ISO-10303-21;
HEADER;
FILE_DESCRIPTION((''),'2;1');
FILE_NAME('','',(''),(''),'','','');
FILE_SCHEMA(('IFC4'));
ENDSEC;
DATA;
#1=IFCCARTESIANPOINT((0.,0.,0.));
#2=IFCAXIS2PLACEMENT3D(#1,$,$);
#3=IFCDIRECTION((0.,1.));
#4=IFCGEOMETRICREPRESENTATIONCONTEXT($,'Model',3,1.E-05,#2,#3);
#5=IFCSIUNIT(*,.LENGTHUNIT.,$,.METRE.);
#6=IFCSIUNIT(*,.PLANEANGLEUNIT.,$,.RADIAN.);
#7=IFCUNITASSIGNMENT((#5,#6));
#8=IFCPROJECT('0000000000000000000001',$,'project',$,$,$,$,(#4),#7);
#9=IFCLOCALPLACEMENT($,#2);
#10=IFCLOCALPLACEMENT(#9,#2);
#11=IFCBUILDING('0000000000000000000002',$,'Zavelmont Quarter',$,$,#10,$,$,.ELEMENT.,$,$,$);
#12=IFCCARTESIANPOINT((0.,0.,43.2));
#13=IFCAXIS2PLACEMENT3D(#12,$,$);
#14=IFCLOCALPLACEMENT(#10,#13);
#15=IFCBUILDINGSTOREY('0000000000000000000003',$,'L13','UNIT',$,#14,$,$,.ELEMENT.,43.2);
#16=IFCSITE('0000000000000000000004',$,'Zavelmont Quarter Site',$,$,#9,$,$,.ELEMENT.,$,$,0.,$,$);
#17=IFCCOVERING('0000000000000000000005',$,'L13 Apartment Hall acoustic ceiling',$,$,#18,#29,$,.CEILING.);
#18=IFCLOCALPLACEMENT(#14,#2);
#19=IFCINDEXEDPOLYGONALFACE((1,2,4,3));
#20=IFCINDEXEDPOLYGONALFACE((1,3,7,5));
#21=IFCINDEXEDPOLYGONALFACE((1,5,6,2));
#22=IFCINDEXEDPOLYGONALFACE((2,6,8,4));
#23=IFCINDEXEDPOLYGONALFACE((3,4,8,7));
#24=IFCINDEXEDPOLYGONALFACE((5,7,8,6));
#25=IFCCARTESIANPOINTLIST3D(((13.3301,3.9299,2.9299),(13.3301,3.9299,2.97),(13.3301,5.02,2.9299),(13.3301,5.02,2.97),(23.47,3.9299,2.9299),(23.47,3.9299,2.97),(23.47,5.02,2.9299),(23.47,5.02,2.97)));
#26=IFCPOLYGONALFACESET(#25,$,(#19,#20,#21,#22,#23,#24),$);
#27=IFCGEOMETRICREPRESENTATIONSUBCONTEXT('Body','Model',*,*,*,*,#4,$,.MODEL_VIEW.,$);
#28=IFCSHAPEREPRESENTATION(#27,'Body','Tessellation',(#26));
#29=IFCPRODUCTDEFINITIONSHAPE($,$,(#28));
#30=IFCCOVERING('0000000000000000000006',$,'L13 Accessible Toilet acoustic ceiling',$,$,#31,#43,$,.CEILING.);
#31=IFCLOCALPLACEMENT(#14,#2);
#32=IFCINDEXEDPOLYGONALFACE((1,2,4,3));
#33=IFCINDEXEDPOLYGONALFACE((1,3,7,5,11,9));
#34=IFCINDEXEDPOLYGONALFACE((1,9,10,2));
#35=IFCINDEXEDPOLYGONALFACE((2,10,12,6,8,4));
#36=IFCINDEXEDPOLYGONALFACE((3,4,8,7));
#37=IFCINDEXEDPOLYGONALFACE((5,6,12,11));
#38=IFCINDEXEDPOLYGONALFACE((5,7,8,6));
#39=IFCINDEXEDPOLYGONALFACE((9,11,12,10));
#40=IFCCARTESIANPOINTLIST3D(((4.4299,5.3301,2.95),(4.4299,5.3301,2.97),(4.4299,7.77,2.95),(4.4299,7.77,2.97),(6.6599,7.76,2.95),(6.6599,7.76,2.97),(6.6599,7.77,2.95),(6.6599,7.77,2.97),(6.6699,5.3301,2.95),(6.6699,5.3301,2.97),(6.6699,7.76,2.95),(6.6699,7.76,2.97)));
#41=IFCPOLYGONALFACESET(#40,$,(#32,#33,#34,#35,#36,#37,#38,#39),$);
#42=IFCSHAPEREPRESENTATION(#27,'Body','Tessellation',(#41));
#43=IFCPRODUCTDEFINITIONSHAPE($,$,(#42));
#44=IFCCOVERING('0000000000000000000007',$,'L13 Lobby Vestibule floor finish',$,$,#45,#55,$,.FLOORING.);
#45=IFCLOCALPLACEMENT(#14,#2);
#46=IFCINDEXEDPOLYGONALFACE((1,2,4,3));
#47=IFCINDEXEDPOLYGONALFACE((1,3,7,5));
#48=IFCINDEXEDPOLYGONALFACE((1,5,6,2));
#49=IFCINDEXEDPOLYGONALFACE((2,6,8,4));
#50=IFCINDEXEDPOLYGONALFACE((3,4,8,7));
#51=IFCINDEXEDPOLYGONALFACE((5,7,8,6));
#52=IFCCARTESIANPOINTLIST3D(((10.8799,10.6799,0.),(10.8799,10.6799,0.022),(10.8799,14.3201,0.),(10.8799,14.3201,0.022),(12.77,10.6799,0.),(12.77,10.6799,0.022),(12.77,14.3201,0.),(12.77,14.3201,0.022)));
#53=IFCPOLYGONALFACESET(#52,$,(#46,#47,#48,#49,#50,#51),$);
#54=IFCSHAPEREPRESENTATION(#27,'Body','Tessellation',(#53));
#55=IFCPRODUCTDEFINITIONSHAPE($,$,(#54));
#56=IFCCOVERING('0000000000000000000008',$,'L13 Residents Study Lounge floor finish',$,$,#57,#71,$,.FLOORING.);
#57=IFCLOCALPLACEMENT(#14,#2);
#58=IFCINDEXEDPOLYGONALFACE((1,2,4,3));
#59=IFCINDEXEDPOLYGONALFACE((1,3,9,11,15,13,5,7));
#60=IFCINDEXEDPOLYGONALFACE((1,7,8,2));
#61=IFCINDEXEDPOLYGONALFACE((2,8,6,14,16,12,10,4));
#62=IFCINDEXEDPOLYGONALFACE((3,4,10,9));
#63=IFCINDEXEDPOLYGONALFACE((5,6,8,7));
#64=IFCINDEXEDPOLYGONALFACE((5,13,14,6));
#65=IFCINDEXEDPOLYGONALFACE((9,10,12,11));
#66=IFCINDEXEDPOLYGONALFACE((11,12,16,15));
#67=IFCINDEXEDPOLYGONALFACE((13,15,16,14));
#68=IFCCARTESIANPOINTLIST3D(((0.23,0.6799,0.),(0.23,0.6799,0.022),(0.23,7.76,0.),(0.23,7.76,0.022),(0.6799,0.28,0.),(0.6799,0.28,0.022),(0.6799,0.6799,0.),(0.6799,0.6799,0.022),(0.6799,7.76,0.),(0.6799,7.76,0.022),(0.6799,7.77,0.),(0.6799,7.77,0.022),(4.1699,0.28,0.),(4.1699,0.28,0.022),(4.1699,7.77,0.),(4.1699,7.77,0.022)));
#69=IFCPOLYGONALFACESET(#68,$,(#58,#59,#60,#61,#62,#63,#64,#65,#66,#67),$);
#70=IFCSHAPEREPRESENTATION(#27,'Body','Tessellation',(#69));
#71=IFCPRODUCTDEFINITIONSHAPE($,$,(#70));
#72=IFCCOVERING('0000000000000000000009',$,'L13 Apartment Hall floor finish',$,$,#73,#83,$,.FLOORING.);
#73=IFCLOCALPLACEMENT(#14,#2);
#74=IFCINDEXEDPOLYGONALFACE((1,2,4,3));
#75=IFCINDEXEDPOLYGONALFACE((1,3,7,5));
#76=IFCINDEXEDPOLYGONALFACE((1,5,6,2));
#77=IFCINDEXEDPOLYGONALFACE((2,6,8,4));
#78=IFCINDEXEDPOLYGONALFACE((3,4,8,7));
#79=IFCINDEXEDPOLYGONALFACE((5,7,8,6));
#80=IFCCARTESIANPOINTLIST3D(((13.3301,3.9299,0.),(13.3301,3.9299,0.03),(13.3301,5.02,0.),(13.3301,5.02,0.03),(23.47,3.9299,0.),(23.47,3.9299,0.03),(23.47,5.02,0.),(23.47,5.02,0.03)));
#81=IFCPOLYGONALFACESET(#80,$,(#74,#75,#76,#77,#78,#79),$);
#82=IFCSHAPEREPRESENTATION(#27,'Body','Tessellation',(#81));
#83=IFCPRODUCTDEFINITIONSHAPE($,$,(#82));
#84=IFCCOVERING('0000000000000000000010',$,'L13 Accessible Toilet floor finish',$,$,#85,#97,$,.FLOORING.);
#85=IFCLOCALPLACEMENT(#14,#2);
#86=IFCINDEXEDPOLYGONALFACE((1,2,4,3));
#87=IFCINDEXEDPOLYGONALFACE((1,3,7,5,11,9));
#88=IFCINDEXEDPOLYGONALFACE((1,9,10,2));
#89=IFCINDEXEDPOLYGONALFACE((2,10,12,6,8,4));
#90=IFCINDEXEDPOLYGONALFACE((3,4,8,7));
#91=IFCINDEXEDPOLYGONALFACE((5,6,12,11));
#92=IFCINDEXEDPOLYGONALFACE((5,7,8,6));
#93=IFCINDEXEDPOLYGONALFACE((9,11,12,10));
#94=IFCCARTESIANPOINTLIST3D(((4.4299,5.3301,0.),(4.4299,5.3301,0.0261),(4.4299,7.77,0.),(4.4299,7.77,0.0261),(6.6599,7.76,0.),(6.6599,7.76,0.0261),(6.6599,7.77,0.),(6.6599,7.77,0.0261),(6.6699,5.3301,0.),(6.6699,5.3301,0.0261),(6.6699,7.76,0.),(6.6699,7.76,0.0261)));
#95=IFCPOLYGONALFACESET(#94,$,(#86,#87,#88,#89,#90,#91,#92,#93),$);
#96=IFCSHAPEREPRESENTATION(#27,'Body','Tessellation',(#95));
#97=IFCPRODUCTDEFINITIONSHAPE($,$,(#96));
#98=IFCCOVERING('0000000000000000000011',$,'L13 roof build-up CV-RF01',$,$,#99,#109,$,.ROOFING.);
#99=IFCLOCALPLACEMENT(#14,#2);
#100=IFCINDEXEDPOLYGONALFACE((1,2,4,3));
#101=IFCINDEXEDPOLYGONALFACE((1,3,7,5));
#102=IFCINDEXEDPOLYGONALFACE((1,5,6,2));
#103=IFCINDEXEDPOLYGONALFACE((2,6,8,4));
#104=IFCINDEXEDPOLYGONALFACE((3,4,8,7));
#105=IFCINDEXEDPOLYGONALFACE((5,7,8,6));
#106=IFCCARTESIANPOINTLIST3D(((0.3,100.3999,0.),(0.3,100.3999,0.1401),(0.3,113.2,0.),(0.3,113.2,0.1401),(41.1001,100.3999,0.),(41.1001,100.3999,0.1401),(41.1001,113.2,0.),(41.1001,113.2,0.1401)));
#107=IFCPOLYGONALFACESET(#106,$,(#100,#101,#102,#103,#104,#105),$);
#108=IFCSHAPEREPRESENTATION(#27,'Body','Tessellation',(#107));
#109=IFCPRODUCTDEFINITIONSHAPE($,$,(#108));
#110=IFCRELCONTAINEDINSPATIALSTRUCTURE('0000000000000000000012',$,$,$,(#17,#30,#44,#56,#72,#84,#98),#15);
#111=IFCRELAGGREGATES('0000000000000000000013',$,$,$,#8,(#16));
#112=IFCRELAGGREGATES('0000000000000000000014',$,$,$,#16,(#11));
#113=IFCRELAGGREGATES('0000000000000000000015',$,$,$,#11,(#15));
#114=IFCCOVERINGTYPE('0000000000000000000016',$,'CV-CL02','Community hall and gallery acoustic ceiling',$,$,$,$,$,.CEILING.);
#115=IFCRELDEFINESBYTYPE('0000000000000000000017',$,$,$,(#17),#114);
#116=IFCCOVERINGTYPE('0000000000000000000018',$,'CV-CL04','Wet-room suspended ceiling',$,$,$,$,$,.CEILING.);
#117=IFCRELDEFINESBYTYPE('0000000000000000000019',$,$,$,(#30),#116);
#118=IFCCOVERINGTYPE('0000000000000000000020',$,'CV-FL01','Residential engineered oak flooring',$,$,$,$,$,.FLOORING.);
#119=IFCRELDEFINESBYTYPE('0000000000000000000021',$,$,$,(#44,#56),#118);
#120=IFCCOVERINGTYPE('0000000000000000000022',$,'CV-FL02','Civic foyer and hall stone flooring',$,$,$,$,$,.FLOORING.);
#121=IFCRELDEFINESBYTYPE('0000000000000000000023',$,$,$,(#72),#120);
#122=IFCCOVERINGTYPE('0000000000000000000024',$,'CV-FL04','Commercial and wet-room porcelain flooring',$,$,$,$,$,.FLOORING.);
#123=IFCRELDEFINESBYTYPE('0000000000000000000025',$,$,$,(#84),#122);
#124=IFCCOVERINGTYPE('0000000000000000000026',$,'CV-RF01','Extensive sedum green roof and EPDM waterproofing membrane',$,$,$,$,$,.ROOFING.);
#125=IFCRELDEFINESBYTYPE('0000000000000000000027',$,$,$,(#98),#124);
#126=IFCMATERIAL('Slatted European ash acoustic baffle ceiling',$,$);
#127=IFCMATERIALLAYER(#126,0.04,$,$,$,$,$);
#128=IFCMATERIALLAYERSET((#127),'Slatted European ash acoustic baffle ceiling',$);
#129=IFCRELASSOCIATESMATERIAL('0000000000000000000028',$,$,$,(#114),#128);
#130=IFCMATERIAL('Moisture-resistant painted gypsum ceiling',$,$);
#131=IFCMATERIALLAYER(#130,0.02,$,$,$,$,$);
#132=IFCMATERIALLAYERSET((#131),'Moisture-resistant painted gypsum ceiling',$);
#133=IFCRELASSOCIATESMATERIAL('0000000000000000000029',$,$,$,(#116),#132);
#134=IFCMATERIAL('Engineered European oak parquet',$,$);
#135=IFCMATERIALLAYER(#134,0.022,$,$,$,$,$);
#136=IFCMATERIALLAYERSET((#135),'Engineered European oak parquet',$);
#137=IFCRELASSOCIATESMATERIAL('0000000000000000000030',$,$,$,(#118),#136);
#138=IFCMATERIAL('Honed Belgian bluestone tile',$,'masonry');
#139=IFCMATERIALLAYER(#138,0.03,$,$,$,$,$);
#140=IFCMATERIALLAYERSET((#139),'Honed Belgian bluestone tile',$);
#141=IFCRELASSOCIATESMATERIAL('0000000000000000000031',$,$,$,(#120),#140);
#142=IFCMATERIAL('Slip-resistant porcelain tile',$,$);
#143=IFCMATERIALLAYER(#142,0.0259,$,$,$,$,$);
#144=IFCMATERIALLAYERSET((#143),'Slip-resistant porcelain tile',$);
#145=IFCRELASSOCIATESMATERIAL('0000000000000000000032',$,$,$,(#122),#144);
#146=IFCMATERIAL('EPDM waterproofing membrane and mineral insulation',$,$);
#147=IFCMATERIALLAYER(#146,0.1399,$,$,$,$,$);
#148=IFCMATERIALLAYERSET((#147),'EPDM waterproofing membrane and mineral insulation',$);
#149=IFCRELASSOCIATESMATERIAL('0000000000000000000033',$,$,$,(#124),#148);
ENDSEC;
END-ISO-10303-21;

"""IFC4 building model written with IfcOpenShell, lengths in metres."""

from ifc_helpers import new_model, si_unit, direction, frame, origin, place, context, subcontext, project, spatial, polyline, outline, extrude, material, layer, layer_set, type_object, element, save


model = new_model("IFC4")

# Units and contexts
model_context = context("Model", 3, precision=1e-05, world=origin(), true_north=direction((0.0, 1.0)))
body_context = subcontext(model_context, "Body", "Model", "MODEL_VIEW")
ifc_project = project(units=[si_unit("LENGTHUNIT", "METRE"), si_unit("PLANEANGLEUNIT", "RADIAN")], contexts=[model_context])

# Site, building, storey
site_placement = place(None, origin())
site = spatial("IfcSite", under=ifc_project, at=site_placement, Name="Zavelmont Quarter Site", CompositionType="ELEMENT", RefElevation=0.0)
building_placement = place(site_placement, origin())
building = spatial("IfcBuilding", under=site, at=building_placement, Name="Zavelmont Quarter", CompositionType="ELEMENT")
storey_placement = place(building_placement, frame((0.0, 0.0, 43.2)))
storey = spatial("IfcBuildingStorey", under=building, at=storey_placement, Name="L13", Description="UNIT", CompositionType="ELEMENT", Elevation=43.2)

# Coverings
ifc_material_1 = material(Name="Slatted European ash acoustic baffle ceiling")
ifc_layer_1 = layer(ifc_material_1, 0.04)
ifc_layer_set_1 = layer_set([ifc_layer_1], Name="Slatted European ash acoustic baffle ceiling")
covering_type_1 = type_object("IfcCoveringType", Name="CV-CL02", Description="Community hall and gallery acoustic ceiling", PredefinedType="CEILING", material=ifc_layer_set_1)
covering_1_placement = place(storey_placement, frame((0.0, 0.0, 2.9299)))
element("IfcCovering", 1, at=covering_1_placement, inside=storey, type_object=covering_type_1, Name="L13 Apartment Hall acoustic ceiling", PredefinedType="CEILING", context=body_context, shape_type="SweptSolid", body=[
    extrude(outline(polyline([(13.3301, 5.02), (23.47, 5.02), (23.47, 3.9299), (13.3301, 3.9299), (13.3301, 5.02)])), origin(), (0.0, 0.0, 1.0), 0.04),
])
ifc_material_2 = material(Name="Moisture-resistant painted gypsum ceiling")
ifc_layer_2 = layer(ifc_material_2, 0.02)
ifc_layer_set_2 = layer_set([ifc_layer_2], Name="Moisture-resistant painted gypsum ceiling")
covering_type_2 = type_object("IfcCoveringType", Name="CV-CL04", Description="Wet-room suspended ceiling", PredefinedType="CEILING", material=ifc_layer_set_2)
covering_2_placement = place(storey_placement, frame((0.0, 0.0, 2.95)))
element("IfcCovering", 2, at=covering_2_placement, inside=storey, type_object=covering_type_2, Name="L13 Accessible Toilet acoustic ceiling", PredefinedType="CEILING", context=body_context, shape_type="SweptSolid", body=[
    extrude(outline(polyline([(4.4299, 7.77), (6.6599, 7.77), (6.6599, 7.76), (6.6699, 7.76), (6.6699, 5.3301), (4.4299, 5.3301), (4.4299, 7.77)])), origin(), (0.0, 0.0, 1.0), 0.02),
])
ifc_material_3 = material(Name="Engineered European oak parquet")
ifc_layer_3 = layer(ifc_material_3, 0.022)
ifc_layer_set_3 = layer_set([ifc_layer_3], Name="Engineered European oak parquet")
covering_type_3 = type_object("IfcCoveringType", Name="CV-FL01", Description="Residential engineered oak flooring", PredefinedType="FLOORING", material=ifc_layer_set_3)
covering_3_placement = place(storey_placement, origin())
element("IfcCovering", 3, at=covering_3_placement, inside=storey, type_object=covering_type_3, Name="L13 Lobby Vestibule floor finish", PredefinedType="FLOORING", context=body_context, shape_type="SweptSolid", body=[
    extrude(outline(polyline([(10.8799, 14.3201), (12.77, 14.3201), (12.77, 10.6799), (10.8799, 10.6799), (10.8799, 14.3201)])), origin(), (0.0, 0.0, 1.0), 0.022),
])
covering_4_placement = place(storey_placement, origin())
element("IfcCovering", 4, at=covering_4_placement, inside=storey, type_object=covering_type_3, Name="L13 Residents Study Lounge floor finish", PredefinedType="FLOORING", context=body_context, shape_type="SweptSolid", body=[
    extrude(outline(polyline([(0.23, 7.76), (0.6799, 7.76), (0.6799, 7.77), (4.1699, 7.77), (4.1699, 0.28), (0.6799, 0.28), (0.6799, 0.6799), (0.23, 0.6799), (0.23, 7.76)])), origin(), (0.0, 0.0, 1.0), 0.022),
])
ifc_material_4 = material(Name="Honed Belgian bluestone tile", Category="masonry")
ifc_layer_4 = layer(ifc_material_4, 0.03)
ifc_layer_set_4 = layer_set([ifc_layer_4], Name="Honed Belgian bluestone tile")
covering_type_4 = type_object("IfcCoveringType", Name="CV-FL02", Description="Civic foyer and hall stone flooring", PredefinedType="FLOORING", material=ifc_layer_set_4)
covering_5_placement = place(storey_placement, origin())
element("IfcCovering", 5, at=covering_5_placement, inside=storey, type_object=covering_type_4, Name="L13 Apartment Hall floor finish", PredefinedType="FLOORING", context=body_context, shape_type="SweptSolid", body=[
    extrude(outline(polyline([(13.3301, 5.02), (23.47, 5.02), (23.47, 3.9299), (13.3301, 3.9299), (13.3301, 5.02)])), origin(), (0.0, 0.0, 1.0), 0.03),
])
ifc_material_5 = material(Name="Slip-resistant porcelain tile")
ifc_layer_5 = layer(ifc_material_5, 0.0259)
ifc_layer_set_5 = layer_set([ifc_layer_5], Name="Slip-resistant porcelain tile")
covering_type_5 = type_object("IfcCoveringType", Name="CV-FL04", Description="Commercial and wet-room porcelain flooring", PredefinedType="FLOORING", material=ifc_layer_set_5)
covering_6_placement = place(storey_placement, origin())
element("IfcCovering", 6, at=covering_6_placement, inside=storey, type_object=covering_type_5, Name="L13 Accessible Toilet floor finish", PredefinedType="FLOORING", context=body_context, shape_type="SweptSolid", body=[
    extrude(outline(polyline([(4.4299, 7.77), (6.6599, 7.77), (6.6599, 7.76), (6.6699, 7.76), (6.6699, 5.3301), (4.4299, 5.3301), (4.4299, 7.77)])), origin(), (0.0, 0.0, 1.0), 0.0261),
])
ifc_material_6 = material(Name="EPDM waterproofing membrane and mineral insulation")
ifc_layer_6 = layer(ifc_material_6, 0.1399)
ifc_layer_set_6 = layer_set([ifc_layer_6], Name="EPDM waterproofing membrane and mineral insulation")
covering_type_6 = type_object("IfcCoveringType", Name="CV-RF01", Description="Extensive sedum green roof and EPDM waterproofing membrane", PredefinedType="ROOFING", material=ifc_layer_set_6)
covering_7_placement = place(storey_placement, origin())
element("IfcCovering", 7, at=covering_7_placement, inside=storey, type_object=covering_type_6, Name="L13 roof build-up CV-RF01", PredefinedType="ROOFING", context=body_context, shape_type="SweptSolid", body=[
    extrude(outline(polyline([(0.3, 100.3999), (41.1001, 100.3999), (41.1001, 113.2), (0.3, 113.2), (0.3, 100.3999)])), origin(), (0.0, 0.0, 1.0), 0.1401),
])

save(model, "model.ifc")
